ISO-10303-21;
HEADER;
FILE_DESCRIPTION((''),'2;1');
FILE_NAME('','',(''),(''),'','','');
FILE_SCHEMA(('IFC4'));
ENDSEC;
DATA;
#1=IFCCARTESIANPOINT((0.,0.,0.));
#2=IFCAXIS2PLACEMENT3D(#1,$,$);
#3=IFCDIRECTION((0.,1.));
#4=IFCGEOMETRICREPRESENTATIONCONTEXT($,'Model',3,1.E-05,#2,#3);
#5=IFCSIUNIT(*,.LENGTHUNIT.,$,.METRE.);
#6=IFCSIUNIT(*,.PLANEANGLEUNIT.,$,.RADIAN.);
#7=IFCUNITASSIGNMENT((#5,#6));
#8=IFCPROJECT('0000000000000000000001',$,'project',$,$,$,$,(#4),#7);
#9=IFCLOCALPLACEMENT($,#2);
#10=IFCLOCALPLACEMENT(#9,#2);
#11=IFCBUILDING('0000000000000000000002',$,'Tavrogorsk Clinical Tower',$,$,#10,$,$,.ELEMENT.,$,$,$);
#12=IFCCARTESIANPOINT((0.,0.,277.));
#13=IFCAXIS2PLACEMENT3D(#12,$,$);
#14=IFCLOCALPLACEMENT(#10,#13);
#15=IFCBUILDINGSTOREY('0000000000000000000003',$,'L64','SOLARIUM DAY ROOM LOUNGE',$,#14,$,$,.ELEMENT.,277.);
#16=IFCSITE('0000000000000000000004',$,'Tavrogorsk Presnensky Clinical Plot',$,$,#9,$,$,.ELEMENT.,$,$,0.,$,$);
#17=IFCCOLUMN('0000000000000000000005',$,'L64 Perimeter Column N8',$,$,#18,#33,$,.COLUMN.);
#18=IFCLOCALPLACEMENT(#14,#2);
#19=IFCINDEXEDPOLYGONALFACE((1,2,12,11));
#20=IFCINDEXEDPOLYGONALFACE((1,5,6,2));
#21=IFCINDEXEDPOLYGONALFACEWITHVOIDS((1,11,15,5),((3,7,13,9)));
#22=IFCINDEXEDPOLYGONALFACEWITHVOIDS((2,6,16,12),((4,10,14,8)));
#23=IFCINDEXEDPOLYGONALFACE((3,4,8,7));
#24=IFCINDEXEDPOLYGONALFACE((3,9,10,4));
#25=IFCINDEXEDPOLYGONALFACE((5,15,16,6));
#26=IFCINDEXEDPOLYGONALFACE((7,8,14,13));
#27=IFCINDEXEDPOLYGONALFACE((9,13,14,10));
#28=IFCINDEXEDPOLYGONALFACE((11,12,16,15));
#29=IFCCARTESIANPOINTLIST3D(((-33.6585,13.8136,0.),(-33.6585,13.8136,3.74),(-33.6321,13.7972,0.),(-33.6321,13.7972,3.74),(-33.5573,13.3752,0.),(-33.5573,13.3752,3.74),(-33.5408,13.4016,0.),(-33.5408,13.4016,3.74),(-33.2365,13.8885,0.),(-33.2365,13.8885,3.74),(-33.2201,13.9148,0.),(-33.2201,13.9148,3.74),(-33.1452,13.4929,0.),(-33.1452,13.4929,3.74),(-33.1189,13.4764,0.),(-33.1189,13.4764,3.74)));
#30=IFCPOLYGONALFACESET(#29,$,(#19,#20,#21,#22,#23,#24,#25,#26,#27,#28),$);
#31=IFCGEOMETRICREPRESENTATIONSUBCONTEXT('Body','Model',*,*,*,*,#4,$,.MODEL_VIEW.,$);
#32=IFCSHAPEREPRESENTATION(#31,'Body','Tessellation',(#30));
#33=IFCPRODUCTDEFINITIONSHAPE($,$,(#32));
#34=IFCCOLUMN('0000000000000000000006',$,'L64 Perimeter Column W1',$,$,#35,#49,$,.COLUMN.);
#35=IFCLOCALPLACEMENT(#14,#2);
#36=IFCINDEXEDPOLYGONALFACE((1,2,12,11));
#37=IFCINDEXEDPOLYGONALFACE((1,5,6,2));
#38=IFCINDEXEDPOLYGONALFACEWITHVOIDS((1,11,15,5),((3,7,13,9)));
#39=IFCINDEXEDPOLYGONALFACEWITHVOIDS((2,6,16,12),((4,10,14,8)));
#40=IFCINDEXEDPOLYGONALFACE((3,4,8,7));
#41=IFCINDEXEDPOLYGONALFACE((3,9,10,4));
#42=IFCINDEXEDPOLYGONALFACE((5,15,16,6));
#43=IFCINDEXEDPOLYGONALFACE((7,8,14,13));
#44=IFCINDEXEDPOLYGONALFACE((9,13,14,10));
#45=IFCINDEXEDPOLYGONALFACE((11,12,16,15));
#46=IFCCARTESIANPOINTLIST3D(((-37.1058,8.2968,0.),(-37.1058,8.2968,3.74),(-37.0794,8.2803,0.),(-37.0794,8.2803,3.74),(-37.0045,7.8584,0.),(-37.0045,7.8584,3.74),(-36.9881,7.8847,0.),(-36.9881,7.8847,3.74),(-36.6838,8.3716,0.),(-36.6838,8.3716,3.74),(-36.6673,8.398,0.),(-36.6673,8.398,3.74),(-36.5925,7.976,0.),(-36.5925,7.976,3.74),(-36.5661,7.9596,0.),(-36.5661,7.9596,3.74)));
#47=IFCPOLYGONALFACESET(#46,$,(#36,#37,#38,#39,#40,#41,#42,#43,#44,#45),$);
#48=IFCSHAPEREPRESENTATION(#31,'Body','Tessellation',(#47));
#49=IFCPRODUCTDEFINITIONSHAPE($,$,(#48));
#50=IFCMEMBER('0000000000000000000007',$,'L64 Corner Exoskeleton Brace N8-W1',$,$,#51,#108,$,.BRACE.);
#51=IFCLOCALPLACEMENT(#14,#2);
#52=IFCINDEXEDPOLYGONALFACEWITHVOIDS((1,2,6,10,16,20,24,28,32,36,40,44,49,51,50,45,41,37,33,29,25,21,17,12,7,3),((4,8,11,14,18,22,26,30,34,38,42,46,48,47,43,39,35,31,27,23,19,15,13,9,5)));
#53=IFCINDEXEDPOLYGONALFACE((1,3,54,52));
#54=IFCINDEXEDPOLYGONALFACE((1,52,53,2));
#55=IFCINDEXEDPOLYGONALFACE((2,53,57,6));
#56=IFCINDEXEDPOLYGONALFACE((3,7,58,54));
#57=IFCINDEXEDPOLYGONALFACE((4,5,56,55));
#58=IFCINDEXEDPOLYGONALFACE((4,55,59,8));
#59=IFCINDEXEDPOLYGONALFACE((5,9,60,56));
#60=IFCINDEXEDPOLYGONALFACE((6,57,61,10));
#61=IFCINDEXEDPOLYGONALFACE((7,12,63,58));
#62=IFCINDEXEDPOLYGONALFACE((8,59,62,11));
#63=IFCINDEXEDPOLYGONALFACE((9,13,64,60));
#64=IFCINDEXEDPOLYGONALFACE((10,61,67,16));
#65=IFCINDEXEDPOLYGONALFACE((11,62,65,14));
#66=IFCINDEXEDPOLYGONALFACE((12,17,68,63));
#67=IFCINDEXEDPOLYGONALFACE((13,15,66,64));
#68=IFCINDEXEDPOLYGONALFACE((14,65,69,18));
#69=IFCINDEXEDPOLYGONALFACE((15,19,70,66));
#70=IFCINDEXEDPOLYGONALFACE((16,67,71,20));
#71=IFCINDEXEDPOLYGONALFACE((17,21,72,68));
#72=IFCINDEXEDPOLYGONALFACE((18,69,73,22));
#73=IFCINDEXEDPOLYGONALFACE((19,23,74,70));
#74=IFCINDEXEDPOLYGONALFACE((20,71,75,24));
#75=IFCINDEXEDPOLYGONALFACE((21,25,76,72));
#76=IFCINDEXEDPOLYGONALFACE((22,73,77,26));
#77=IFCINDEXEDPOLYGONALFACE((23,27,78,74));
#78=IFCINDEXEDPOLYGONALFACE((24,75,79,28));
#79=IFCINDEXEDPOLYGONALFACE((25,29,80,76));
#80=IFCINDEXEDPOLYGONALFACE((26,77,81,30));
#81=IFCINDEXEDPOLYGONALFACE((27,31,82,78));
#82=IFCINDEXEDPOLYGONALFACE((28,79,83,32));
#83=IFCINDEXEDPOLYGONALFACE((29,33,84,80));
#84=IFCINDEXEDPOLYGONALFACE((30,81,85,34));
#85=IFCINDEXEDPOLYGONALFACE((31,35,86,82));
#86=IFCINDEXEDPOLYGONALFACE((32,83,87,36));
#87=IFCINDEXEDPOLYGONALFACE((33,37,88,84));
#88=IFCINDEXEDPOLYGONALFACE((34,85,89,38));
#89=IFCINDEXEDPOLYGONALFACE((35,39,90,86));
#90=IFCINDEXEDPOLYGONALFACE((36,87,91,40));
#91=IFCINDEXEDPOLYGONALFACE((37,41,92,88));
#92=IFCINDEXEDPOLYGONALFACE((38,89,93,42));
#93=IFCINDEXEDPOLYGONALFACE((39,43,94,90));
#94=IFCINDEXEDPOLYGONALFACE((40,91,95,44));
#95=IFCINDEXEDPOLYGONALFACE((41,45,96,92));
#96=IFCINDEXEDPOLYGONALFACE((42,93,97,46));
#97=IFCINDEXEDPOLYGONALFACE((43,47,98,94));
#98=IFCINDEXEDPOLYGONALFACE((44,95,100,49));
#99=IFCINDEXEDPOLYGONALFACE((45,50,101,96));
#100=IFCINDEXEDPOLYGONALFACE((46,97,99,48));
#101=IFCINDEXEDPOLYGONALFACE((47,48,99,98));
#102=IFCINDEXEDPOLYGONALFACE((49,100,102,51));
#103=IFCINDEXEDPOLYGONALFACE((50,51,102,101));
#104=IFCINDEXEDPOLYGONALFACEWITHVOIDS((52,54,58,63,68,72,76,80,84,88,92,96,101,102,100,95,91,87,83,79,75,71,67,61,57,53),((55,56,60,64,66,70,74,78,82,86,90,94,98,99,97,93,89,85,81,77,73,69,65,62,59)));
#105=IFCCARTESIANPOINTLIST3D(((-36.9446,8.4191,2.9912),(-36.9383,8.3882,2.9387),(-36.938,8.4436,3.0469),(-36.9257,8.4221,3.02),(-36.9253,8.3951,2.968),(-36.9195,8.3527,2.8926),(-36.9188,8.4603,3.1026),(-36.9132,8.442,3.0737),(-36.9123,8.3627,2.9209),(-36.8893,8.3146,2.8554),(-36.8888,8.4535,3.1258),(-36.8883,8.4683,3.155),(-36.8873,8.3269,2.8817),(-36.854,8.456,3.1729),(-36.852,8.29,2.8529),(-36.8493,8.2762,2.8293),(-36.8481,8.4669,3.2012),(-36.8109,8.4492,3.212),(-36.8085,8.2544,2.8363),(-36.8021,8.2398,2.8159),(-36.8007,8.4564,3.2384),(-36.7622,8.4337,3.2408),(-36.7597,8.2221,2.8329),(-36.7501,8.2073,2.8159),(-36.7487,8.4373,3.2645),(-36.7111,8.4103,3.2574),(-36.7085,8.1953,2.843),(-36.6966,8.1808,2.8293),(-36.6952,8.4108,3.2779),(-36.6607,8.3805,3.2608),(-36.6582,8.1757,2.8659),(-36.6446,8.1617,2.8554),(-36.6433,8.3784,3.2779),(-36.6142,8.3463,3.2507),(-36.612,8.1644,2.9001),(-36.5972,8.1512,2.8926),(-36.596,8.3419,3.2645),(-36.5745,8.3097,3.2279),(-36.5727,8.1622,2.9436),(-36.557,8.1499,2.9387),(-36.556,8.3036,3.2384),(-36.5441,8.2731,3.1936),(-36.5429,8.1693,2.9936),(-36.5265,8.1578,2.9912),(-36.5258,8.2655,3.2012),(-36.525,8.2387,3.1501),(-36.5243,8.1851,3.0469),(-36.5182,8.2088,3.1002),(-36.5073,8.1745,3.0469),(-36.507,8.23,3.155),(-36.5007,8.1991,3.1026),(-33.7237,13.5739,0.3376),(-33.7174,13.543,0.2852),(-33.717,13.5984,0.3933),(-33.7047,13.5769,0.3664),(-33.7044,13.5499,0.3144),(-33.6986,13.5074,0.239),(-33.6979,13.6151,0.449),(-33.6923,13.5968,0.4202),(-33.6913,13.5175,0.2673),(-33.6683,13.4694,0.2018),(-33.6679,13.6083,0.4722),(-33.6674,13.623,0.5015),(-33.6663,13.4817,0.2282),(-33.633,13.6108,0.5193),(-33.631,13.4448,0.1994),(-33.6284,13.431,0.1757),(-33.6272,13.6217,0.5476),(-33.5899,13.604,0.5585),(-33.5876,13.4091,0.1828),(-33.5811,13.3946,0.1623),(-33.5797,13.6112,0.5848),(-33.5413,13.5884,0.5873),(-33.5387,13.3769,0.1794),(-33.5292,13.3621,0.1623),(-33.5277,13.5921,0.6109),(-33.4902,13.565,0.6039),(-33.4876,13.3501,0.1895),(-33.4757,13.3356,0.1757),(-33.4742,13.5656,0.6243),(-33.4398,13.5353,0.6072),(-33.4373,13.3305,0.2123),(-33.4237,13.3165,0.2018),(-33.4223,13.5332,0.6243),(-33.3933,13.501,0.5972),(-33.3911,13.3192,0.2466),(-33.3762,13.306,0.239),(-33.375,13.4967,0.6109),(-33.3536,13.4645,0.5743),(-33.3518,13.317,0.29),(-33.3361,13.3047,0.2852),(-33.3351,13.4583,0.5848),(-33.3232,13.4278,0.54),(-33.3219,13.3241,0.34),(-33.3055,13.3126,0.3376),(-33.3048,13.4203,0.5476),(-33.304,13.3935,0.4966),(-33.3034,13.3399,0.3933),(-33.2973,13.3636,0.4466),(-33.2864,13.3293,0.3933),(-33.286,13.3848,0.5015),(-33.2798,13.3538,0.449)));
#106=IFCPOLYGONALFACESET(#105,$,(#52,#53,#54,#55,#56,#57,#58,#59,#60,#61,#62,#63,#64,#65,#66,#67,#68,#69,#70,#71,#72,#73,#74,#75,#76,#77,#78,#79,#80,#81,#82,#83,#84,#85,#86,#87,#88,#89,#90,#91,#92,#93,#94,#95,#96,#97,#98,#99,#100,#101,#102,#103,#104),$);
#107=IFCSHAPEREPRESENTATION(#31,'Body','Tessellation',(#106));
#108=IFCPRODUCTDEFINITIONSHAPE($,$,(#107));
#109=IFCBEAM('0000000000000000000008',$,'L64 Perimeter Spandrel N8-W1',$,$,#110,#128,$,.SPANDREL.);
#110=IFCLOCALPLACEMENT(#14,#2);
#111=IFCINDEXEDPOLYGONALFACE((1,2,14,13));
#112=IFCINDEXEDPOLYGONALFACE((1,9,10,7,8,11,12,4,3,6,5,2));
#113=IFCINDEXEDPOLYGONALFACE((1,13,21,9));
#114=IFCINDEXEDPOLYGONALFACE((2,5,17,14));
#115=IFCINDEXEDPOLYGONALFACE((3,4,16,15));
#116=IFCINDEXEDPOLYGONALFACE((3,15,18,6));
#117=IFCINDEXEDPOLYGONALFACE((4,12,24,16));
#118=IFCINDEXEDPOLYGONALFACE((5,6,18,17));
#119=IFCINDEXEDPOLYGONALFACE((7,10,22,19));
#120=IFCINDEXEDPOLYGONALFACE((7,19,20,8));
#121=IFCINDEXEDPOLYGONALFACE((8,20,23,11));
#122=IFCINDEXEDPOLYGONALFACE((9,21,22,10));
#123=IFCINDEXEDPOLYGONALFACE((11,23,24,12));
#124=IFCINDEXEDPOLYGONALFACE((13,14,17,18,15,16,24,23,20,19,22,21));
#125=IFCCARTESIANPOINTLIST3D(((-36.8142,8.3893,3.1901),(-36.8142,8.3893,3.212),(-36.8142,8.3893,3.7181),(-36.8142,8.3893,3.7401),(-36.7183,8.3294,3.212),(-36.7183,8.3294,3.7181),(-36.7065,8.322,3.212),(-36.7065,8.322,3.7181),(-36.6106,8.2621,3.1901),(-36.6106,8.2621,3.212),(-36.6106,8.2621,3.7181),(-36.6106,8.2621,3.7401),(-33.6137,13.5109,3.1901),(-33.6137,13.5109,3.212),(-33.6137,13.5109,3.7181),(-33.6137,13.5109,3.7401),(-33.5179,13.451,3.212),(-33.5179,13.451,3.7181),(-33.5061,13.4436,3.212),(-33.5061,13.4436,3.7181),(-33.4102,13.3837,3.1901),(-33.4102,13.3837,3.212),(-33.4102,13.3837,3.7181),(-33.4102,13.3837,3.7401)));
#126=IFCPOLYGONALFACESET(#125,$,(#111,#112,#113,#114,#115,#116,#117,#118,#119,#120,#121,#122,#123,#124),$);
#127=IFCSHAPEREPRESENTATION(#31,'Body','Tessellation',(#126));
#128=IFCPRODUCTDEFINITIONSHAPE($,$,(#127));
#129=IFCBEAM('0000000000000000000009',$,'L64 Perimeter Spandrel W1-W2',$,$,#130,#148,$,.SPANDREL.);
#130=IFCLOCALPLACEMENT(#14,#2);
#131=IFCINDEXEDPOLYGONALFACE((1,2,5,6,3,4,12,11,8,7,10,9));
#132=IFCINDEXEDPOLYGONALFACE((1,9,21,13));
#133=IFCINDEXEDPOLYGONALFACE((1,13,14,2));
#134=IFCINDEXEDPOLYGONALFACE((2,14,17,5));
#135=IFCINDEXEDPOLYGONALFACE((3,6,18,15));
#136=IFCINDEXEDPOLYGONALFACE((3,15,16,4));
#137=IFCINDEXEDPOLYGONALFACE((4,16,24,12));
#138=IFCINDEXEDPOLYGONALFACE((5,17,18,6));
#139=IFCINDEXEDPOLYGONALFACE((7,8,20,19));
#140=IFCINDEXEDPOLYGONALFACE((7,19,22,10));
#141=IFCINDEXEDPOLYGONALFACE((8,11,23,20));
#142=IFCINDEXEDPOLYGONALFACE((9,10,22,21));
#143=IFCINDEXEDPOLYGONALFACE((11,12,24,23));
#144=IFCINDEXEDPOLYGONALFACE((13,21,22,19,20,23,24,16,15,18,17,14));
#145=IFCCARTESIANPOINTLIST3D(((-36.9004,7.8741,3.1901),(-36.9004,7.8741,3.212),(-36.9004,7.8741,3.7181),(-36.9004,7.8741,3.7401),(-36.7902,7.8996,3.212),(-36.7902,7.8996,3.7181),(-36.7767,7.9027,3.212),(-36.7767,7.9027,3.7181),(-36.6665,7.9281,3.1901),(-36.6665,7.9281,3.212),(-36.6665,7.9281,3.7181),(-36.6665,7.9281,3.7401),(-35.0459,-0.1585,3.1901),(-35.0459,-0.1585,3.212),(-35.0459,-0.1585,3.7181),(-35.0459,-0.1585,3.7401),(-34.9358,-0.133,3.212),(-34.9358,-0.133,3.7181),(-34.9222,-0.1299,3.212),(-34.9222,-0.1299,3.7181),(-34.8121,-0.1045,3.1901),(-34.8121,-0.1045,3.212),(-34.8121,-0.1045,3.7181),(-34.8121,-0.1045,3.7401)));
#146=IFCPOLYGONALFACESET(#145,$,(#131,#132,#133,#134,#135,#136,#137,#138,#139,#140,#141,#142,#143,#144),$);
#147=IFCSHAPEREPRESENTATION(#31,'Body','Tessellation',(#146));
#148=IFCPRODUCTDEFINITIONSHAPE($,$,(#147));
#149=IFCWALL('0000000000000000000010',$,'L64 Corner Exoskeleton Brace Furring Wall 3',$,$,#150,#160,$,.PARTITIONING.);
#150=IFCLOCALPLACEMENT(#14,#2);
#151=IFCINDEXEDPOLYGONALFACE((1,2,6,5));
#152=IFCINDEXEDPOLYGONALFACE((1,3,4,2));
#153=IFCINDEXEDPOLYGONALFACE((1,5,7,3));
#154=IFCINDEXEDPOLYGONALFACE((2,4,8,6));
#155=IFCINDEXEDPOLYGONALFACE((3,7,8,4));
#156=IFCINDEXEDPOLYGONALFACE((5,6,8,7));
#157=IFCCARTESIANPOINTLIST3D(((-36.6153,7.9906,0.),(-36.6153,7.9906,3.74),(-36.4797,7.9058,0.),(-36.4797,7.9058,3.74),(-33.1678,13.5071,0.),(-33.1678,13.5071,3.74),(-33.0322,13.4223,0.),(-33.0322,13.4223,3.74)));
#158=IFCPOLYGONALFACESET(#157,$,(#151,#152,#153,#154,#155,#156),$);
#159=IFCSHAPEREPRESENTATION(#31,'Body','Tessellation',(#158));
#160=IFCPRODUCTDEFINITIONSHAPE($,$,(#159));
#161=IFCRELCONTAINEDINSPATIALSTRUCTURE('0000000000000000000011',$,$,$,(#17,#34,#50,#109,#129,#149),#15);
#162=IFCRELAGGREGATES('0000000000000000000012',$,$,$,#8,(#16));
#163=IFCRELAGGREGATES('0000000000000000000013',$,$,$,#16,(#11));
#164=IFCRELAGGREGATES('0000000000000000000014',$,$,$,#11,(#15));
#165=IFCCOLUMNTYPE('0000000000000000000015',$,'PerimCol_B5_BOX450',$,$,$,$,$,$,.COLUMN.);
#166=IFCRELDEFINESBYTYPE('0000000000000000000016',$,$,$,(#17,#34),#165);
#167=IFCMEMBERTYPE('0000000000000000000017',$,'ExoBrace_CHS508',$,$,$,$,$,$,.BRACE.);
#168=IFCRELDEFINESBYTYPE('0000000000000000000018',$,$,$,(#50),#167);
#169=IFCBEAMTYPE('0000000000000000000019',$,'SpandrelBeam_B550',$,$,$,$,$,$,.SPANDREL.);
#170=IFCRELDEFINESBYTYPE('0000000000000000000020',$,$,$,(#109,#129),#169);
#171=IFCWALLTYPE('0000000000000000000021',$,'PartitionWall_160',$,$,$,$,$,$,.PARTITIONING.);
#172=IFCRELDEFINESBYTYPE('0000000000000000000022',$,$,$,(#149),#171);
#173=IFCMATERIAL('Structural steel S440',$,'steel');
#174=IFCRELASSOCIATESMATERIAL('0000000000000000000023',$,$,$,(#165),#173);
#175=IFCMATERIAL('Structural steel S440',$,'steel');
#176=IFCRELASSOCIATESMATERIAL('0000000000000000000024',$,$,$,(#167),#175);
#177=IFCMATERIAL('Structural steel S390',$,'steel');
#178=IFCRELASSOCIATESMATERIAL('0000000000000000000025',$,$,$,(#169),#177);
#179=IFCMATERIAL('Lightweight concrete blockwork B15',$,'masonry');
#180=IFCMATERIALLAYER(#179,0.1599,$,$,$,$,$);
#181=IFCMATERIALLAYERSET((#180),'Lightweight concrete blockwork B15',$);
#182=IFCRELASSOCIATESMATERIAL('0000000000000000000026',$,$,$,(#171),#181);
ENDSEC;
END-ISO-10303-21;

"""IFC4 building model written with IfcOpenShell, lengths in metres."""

from ifc_helpers import new_model, si_unit, direction, frame, frame_2d, origin, origin_2d, place, context, subcontext, project, spatial, rectangle, hollow_rectangle, hollow_circle, i_section, extrude, material, layer, layer_set, material_profile, profile_set, type_object, element, save


model = new_model("IFC4")

# Units and contexts
model_context = context("Model", 3, precision=1e-05, world=origin(), true_north=direction((0.0, 1.0)))
body_context = subcontext(model_context, "Body", "Model", "MODEL_VIEW")
ifc_project = project(units=[si_unit("LENGTHUNIT", "METRE"), si_unit("PLANEANGLEUNIT", "RADIAN")], contexts=[model_context])

# Site, building, storey
site_placement = place(None, origin())
site = spatial("IfcSite", under=ifc_project, at=site_placement, Name="Tavrogorsk Presnensky Clinical Plot", CompositionType="ELEMENT", RefElevation=0.0)
building_placement = place(site_placement, origin())
building = spatial("IfcBuilding", under=site, at=building_placement, Name="Tavrogorsk Clinical Tower", CompositionType="ELEMENT")
storey_placement = place(building_placement, frame((0.0, 0.0, 277.0)))
storey = spatial("IfcBuildingStorey", under=building, at=storey_placement, Name="L64", Description="SOLARIUM DAY ROOM LOUNGE", CompositionType="ELEMENT", Elevation=277.0)

# Columns
ifc_material_1 = material(Name="Structural steel S440", Category="steel")
ifc_material_profile_1 = material_profile(ifc_material_1, hollow_rectangle(XDim=0.45, YDim=0.45, WallThickness=0.022, at=origin_2d()), Name="BOX-450x450x22")
ifc_profile_set_1 = profile_set([ifc_material_profile_1], Name="Structural steel S440")
column_type = type_object("IfcColumnType", Name="PerimCol_B5_BOX450", PredefinedType="COLUMN", material=ifc_profile_set_1)
for number, where, z_axis, x_axis, name in (
    (1, (-33.3887, 13.645, 0.0), (0.0, 0.0, 1.0), (0.97437, 0.224951, 0.0), "L64 Perimeter Column N8"),
    (2, (-36.8359, 8.1282, 0.0), (0.0, 0.0, 1.0), (0.97437, 0.224951, 0.0), "L64 Perimeter Column W1"),
):
    element("IfcColumn", number, at=place(storey_placement, frame(where, z_axis=z_axis, x_axis=x_axis)), inside=storey, type_object=column_type, Name=name, PredefinedType="COLUMN", context=body_context, shape_type="SweptSolid", body=[
        extrude(hollow_rectangle(XDim=0.45, YDim=0.45, WallThickness=0.022, at=origin_2d()), origin(), (0.0, 0.0, 1.0), 3.74),
    ])

# Member
ifc_material_2 = material(Name="Structural steel S440", Category="steel")
ifc_material_profile_2 = material_profile(ifc_material_2, hollow_circle(Radius=0.2539, WallThickness=0.02, at=origin_2d()), Name="CHS-508x20")
ifc_profile_set_2 = profile_set([ifc_material_profile_2], Name="Structural steel S440")
member_type = type_object("IfcMemberType", Name="ExoBrace_CHS508", PredefinedType="BRACE", material=ifc_profile_set_2)
member_placement = place(storey_placement, frame((-33.5017, 13.4639, 0.3933), z_axis=(-0.485644, -0.777222, 0.400096), x_axis=(0.848057, -0.529905, 0.0)))
element("IfcMember", 3, at=member_placement, inside=storey, type_object=member_type, Name="L64 Corner Exoskeleton Brace N8-W1", PredefinedType="BRACE", context=body_context, shape_type="SweptSolid", body=[
    extrude(hollow_circle(Radius=0.2539, WallThickness=0.02, at=origin_2d()), origin(), (0.0, 0.0, 1.0), 6.6323),
])

# Beams
ifc_material_3 = material(Name="Structural steel S390", Category="steel")
ifc_material_profile_3 = material_profile(ifc_material_3, i_section(OverallWidth=0.24, OverallDepth=0.55, WebThickness=0.0139, FlangeThickness=0.022, at=origin_2d()), Name="B-550x240x14x22")
ifc_profile_set_3 = profile_set([ifc_material_profile_3], Name="Structural steel S390")
beam_type = type_object("IfcBeamType", Name="SpandrelBeam_B550", PredefinedType="SPANDREL", material=ifc_profile_set_3)
beam_1_placement = place(storey_placement, frame((-33.512, 13.4473, 3.4651), z_axis=(-0.529934, -0.848039, 0.0), x_axis=(0.848039, -0.529934, 0.0)))
element("IfcBeam", 4, at=beam_1_placement, inside=storey, type_object=beam_type, Name="L64 Perimeter Spandrel N8-W1", PredefinedType="SPANDREL", context=body_context, shape_type="SweptSolid", body=[
    extrude(i_section(OverallWidth=0.24, OverallDepth=0.55, WebThickness=0.0139, FlangeThickness=0.022, at=origin_2d()), origin(), (0.0, 0.0, 1.0), 6.0393),
])
beam_2_placement = place(storey_placement, frame((-36.7834, 7.9011, 3.4651), z_axis=(0.22495, -0.97437, 0.0), x_axis=(0.97437, 0.22495, 0.0)))
element("IfcBeam", 5, at=beam_2_placement, inside=storey, type_object=beam_type, Name="L64 Perimeter Spandrel W1-W2", PredefinedType="SPANDREL", context=body_context, shape_type="SweptSolid", body=[
    extrude(i_section(OverallWidth=0.24, OverallDepth=0.55, WebThickness=0.0139, FlangeThickness=0.022, at=origin_2d()), origin(), (0.0, 0.0, 1.0), 8.2439),
])

# Wall
ifc_material_4 = material(Name="Lightweight concrete blockwork B15", Category="masonry")
ifc_layer_1 = layer(ifc_material_4, 0.1599)
ifc_layer_set_1 = layer_set([ifc_layer_1], Name="Lightweight concrete blockwork B15")
wall_type_1 = type_object("IfcWallType", Name="PartitionWall_160", PredefinedType="PARTITIONING", material=ifc_layer_set_1)
wall_1_placement = place(storey_placement, frame((-33.1001, 13.4646, 0.0), z_axis=(0.0, 0.0, 1.0), x_axis=(-0.529958, -0.848024, 0.0)))
element("IfcWall", 6, at=wall_1_placement, inside=storey, type_object=wall_type_1, Name="L64 Corner Exoskeleton Brace Furring Wall 3", PredefinedType="PARTITIONING", context=body_context, shape_type="SweptSolid", body=[
    extrude(rectangle(XDim=6.5051, YDim=0.1599, at=frame_2d((3.2524, 0.0))), origin(), (0.0, 0.0, 1.0), 3.74),
])

save(model, "model.ifc")
